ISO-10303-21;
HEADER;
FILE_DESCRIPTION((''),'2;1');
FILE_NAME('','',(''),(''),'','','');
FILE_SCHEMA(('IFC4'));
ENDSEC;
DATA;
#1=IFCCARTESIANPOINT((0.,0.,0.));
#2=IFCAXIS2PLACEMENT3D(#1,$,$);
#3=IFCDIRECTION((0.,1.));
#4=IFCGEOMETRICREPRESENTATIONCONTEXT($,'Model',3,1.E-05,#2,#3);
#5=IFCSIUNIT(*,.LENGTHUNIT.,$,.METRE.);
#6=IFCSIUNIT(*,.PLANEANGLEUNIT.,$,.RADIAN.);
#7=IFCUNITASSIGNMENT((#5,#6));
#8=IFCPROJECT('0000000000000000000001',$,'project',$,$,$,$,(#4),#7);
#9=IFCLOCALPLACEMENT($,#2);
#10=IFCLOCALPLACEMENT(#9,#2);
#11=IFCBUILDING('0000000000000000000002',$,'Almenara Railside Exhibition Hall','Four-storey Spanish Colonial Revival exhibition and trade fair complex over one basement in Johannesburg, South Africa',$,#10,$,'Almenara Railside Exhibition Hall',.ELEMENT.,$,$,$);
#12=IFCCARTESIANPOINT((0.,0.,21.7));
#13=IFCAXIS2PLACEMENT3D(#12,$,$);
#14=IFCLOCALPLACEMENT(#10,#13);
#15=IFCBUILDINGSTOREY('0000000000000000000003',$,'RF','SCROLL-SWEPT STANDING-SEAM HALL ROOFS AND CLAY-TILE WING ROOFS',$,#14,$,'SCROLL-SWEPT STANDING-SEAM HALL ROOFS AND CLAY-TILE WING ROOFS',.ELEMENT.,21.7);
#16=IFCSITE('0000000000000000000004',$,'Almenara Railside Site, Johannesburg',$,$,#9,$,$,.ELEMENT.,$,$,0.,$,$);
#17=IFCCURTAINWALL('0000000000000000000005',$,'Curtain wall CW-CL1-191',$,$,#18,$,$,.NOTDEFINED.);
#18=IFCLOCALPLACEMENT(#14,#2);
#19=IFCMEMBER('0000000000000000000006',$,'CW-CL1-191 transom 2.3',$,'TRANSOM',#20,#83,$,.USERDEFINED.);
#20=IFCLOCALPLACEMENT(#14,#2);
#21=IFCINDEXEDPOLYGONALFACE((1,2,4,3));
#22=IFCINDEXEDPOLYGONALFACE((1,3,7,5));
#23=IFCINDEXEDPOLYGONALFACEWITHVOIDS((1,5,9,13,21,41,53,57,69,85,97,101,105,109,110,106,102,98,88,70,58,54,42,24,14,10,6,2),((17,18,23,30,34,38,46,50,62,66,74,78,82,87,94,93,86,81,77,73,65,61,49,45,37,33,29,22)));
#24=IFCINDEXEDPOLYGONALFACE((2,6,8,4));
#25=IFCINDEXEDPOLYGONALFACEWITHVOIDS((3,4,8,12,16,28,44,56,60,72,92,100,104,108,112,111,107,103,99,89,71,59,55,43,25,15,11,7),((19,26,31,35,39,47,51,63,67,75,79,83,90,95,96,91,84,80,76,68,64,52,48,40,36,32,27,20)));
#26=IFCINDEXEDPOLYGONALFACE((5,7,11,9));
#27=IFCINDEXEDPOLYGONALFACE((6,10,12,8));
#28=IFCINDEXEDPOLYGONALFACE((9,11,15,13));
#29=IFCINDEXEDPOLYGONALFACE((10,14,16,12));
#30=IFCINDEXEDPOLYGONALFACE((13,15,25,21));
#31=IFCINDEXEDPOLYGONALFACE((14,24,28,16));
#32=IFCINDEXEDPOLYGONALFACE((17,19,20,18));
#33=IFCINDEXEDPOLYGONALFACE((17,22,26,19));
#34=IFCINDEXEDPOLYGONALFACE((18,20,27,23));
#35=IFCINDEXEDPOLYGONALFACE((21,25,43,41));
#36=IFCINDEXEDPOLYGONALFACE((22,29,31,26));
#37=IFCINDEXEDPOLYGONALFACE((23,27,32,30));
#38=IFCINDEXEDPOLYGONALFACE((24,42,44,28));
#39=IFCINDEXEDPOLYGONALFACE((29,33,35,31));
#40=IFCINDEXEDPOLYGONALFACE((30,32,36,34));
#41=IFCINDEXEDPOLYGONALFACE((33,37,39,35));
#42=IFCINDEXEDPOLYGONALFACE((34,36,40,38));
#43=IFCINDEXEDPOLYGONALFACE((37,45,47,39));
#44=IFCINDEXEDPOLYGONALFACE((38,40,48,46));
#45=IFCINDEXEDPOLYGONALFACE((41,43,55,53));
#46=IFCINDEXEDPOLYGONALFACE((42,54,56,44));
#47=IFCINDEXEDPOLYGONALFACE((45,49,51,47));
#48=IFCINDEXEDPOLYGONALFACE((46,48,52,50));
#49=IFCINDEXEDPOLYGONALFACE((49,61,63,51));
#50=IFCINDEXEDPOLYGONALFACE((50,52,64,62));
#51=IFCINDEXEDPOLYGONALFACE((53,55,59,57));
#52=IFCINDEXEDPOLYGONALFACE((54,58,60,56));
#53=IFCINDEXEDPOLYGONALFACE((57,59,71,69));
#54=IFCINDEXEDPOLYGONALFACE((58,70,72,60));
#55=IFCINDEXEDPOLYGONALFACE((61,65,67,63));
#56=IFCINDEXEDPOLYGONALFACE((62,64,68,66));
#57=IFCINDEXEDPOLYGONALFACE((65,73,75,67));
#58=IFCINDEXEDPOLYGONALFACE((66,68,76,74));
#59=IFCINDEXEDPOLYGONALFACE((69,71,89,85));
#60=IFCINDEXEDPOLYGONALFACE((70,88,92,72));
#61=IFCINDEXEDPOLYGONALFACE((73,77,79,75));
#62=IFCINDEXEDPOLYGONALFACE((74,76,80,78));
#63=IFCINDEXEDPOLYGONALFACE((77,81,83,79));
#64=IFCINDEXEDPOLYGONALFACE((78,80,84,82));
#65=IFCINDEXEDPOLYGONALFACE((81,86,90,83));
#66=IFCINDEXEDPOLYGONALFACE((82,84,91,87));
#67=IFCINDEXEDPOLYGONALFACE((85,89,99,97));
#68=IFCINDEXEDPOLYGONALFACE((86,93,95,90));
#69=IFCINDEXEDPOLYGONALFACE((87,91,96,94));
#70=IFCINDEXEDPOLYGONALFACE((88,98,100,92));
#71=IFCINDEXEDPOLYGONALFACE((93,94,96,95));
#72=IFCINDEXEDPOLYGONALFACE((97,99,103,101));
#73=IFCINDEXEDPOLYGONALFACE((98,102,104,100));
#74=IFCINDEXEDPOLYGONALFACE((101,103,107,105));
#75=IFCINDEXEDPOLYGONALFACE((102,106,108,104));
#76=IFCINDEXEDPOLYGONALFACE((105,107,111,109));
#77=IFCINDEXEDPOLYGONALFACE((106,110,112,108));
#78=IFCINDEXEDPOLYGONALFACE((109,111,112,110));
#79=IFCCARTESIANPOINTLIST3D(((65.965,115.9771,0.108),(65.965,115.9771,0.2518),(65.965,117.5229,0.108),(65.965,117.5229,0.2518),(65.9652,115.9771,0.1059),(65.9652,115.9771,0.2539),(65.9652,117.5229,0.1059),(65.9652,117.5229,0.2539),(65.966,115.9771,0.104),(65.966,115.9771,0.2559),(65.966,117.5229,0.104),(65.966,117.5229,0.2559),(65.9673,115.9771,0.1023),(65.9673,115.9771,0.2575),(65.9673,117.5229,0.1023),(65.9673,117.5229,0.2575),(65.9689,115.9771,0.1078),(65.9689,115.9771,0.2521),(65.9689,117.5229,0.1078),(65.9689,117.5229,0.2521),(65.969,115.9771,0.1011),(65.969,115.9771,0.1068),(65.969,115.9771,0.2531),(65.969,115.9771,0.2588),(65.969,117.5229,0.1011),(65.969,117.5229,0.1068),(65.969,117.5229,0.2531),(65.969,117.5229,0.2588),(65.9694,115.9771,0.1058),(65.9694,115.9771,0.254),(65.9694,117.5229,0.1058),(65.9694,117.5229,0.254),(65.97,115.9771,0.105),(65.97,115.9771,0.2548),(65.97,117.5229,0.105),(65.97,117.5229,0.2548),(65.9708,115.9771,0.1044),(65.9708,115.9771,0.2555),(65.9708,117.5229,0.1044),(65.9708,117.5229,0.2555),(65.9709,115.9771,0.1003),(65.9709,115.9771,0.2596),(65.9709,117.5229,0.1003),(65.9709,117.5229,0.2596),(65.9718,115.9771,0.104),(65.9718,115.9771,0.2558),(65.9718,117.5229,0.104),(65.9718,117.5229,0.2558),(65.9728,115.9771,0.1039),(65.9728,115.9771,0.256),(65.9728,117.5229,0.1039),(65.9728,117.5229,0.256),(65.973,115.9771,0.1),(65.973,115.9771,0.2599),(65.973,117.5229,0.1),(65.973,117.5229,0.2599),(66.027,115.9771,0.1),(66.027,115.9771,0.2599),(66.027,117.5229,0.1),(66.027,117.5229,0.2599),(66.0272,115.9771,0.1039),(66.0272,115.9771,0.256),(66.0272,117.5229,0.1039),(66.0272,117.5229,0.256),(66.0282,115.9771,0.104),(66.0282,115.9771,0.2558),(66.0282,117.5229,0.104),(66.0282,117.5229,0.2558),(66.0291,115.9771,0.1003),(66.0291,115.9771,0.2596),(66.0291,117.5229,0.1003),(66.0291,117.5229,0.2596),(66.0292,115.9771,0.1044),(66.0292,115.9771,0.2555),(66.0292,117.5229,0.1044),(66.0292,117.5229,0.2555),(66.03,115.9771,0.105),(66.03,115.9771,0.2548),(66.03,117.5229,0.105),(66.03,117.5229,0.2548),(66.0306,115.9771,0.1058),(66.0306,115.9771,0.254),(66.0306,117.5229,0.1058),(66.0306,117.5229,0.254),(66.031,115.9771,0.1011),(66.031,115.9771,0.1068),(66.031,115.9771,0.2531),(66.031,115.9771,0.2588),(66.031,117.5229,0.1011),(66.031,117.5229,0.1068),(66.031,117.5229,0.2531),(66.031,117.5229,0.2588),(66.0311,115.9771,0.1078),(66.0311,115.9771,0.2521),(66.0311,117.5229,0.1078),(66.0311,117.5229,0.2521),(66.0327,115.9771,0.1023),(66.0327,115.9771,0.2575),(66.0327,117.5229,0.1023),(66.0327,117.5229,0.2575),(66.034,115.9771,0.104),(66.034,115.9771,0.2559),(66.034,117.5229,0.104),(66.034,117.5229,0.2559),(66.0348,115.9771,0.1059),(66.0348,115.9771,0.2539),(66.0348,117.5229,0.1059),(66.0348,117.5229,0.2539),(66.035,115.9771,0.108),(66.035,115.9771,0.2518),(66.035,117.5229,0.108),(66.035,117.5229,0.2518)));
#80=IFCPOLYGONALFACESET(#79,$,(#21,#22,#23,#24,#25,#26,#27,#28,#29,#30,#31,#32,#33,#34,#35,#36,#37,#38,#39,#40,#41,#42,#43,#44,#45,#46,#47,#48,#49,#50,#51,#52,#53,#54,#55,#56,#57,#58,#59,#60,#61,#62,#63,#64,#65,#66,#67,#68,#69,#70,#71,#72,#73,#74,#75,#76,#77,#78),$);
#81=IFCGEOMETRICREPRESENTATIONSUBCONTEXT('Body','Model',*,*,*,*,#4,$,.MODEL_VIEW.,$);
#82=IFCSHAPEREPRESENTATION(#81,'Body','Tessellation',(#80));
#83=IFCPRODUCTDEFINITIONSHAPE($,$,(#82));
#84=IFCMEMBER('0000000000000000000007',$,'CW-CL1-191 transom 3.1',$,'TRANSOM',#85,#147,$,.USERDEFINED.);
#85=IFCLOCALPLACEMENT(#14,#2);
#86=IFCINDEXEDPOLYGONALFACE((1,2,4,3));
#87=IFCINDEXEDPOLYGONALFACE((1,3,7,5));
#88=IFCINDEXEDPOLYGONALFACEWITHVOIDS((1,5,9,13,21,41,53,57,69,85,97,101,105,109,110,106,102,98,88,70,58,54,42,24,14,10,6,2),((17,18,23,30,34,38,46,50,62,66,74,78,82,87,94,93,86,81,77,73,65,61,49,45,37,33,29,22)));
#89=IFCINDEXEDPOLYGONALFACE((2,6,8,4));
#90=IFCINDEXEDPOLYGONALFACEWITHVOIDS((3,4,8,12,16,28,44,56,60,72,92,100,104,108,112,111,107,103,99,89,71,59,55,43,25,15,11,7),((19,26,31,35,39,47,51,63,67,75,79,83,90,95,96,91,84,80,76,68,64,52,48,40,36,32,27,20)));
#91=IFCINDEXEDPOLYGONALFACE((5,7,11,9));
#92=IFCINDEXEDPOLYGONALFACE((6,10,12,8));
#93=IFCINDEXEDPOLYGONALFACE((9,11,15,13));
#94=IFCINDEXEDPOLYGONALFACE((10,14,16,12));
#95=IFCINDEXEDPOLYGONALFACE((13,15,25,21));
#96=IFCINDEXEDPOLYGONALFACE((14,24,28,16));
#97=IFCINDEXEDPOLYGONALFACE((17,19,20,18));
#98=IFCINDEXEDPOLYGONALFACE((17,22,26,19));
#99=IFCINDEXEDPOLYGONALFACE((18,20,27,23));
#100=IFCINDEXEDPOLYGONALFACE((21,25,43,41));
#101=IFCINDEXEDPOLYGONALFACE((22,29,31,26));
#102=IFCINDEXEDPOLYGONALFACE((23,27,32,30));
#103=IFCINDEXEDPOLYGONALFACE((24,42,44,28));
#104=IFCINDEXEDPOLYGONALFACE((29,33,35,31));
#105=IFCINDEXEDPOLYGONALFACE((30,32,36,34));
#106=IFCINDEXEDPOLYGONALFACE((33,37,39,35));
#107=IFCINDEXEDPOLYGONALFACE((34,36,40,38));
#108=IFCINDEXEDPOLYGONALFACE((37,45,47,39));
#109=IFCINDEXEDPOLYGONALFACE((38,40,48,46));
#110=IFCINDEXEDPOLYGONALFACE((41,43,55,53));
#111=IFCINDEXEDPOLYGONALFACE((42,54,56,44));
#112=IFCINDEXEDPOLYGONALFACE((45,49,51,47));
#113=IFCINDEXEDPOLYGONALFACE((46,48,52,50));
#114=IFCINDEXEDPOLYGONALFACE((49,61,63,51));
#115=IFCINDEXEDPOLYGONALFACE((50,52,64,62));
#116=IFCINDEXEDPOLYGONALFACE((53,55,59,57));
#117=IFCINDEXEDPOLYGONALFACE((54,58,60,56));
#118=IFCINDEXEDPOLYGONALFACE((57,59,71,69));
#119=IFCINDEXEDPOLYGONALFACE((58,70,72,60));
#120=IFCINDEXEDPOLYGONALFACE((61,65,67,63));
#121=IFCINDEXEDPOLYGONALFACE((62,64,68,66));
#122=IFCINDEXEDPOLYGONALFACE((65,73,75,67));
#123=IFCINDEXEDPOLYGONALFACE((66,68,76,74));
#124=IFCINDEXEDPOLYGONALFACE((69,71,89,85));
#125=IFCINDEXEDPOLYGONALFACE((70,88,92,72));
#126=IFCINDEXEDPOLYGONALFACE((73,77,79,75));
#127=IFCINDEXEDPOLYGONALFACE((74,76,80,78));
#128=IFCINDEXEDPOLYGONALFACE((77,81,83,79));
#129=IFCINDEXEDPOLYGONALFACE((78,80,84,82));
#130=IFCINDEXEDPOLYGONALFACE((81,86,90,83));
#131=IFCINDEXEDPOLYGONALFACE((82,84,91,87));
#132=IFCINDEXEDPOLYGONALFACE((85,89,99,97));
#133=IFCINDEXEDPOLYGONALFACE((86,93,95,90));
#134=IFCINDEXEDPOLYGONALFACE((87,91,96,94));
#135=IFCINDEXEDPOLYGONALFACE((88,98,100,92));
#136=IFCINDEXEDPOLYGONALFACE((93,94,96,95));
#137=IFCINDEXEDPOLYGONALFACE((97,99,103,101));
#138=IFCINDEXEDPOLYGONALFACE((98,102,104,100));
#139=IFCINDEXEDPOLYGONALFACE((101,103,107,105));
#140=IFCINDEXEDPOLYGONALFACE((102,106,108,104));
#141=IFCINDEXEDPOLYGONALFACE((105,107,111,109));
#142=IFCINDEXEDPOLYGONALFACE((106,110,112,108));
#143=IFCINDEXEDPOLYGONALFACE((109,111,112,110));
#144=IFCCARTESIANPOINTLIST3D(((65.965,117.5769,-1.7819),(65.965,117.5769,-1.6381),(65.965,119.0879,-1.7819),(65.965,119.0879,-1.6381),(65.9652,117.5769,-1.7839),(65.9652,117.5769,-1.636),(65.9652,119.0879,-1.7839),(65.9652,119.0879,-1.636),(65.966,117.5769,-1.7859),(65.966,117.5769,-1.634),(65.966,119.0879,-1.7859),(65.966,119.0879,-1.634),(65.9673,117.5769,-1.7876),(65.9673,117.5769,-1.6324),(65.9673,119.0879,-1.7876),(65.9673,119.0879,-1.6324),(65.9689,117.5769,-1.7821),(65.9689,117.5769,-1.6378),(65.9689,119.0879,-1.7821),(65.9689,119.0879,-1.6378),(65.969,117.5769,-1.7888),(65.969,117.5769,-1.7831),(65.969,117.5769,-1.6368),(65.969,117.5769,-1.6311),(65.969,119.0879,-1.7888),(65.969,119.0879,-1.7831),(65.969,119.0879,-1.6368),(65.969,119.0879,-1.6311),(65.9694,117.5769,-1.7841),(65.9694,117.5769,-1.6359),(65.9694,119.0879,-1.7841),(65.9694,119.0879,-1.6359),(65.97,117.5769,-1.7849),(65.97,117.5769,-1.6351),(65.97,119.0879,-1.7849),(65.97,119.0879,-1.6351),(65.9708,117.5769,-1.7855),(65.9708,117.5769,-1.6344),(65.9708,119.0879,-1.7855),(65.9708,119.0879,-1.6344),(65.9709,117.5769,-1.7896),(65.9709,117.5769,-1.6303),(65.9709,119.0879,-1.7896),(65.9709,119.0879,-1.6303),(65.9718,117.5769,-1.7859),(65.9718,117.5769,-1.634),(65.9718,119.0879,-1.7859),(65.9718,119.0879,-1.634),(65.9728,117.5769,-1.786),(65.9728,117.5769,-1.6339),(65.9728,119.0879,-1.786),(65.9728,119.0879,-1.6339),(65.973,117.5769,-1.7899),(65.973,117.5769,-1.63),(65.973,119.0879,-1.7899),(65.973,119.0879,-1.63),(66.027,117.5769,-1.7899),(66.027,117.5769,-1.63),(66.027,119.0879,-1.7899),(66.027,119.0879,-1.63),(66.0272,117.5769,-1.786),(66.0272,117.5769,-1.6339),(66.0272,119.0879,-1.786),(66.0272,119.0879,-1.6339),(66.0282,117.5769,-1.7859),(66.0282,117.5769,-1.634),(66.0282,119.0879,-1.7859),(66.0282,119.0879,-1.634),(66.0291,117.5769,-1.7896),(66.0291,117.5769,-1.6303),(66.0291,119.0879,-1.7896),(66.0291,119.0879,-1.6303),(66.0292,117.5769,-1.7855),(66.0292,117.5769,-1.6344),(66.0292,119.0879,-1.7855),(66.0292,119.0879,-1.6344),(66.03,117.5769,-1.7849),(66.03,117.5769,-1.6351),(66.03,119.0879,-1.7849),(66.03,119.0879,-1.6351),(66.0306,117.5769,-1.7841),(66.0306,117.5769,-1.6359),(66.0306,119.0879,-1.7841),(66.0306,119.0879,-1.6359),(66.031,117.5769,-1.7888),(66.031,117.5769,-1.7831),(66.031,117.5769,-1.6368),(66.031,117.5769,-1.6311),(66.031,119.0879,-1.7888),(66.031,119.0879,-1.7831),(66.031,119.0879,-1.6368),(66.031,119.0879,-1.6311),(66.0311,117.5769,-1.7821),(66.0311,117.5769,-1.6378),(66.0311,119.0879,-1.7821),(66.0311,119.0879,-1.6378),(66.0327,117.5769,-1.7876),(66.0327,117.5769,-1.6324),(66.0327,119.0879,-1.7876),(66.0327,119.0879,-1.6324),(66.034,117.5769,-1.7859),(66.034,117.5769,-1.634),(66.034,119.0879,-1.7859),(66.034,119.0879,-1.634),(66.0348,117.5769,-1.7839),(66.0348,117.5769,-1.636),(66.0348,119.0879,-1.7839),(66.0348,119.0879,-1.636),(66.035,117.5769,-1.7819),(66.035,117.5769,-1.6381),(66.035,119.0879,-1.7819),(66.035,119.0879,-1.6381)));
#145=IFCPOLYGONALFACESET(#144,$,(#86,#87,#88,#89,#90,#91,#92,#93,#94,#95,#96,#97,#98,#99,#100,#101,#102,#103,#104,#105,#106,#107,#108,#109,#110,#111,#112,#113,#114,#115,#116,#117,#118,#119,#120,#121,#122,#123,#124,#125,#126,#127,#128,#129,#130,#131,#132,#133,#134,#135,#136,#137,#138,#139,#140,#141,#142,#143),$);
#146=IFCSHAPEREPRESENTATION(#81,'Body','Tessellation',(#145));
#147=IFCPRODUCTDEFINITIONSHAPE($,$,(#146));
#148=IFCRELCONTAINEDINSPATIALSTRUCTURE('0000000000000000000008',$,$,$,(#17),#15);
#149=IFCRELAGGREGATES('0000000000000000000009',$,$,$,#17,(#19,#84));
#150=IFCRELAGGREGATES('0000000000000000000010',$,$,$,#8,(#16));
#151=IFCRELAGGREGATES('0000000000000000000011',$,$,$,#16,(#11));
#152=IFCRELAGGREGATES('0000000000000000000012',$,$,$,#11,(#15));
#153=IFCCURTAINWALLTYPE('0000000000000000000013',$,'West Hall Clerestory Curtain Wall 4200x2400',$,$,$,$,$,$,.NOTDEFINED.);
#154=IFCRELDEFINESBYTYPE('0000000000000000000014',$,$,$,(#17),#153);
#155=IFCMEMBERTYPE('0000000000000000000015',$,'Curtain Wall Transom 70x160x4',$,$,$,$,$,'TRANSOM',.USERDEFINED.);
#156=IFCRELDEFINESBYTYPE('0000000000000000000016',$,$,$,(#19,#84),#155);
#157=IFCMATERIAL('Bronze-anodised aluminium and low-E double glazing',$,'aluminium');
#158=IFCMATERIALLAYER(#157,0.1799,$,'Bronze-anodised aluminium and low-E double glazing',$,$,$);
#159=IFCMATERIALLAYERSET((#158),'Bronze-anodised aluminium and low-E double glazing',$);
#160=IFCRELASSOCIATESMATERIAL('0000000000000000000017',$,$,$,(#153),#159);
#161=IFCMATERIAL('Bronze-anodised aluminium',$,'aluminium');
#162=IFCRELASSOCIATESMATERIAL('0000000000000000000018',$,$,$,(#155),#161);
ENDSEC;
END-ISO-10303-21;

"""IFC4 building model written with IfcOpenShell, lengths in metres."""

from ifc_helpers import new_model, si_unit, direction, frame, origin, origin_2d, place, context, subcontext, project, spatial, hollow_rectangle, extrude, material, layer, layer_set, material_profile, profile_set, type_object, element, aggregate, save


model = new_model("IFC4")

# Units and contexts
model_context = context("Model", 3, precision=1e-05, world=origin(), true_north=direction((0.0, 1.0)))
body_context = subcontext(model_context, "Body", "Model", "MODEL_VIEW")
ifc_project = project(units=[si_unit("LENGTHUNIT", "METRE"), si_unit("PLANEANGLEUNIT", "RADIAN")], contexts=[model_context])

# Site, building, storey
site_placement = place(None, origin())
site = spatial("IfcSite", under=ifc_project, at=site_placement, Name="Almenara Railside Site, Johannesburg", CompositionType="ELEMENT", RefElevation=0.0)
building_placement = place(site_placement, origin())
building = spatial("IfcBuilding", under=site, at=building_placement, Name="Almenara Railside Exhibition Hall", Description="Four-storey Spanish Colonial Revival exhibition and trade fair complex over one basement in Johannesburg, South Africa", LongName="Almenara Railside Exhibition Hall", CompositionType="ELEMENT")
storey_placement = place(building_placement, frame((0.0, 0.0, 21.7)))
storey = spatial("IfcBuildingStorey", under=building, at=storey_placement, Name="RF", Description="SCROLL-SWEPT STANDING-SEAM HALL ROOFS AND CLAY-TILE WING ROOFS", LongName="SCROLL-SWEPT STANDING-SEAM HALL ROOFS AND CLAY-TILE WING ROOFS", CompositionType="ELEMENT", Elevation=21.7)

# Curtain wall
ifc_material_1 = material(Name="Bronze-anodised aluminium and low-E double glazing", Category="aluminium")
ifc_layer_1 = layer(ifc_material_1, 0.1799, Name="Bronze-anodised aluminium and low-E double glazing")
ifc_layer_set_1 = layer_set([ifc_layer_1], Name="Bronze-anodised aluminium and low-E double glazing")
curtain_wall_type = type_object("IfcCurtainWallType", Name="West Hall Clerestory Curtain Wall 4200x2400", PredefinedType="NOTDEFINED", material=ifc_layer_set_1)
ifc_material_2 = material(Name="Bronze-anodised aluminium", Category="aluminium")
curtain_wall_1_placement = place(storey_placement, origin())
curtain_wall_1 = element("IfcCurtainWall", 1, at=curtain_wall_1_placement, inside=storey, type_object=curtain_wall_type, Name="Curtain wall CW-CL1-191", PredefinedType="NOTDEFINED")

# Members
ifc_material_profile_1 = material_profile(ifc_material_2, hollow_rectangle(XDim=0.0701, YDim=0.1599, WallThickness=0.0039, InnerFilletRadius=0.0039, OuterFilletRadius=0.0081, at=origin_2d()), Name="ALU-TRN 70x160x4")
ifc_profile_set_1 = profile_set([ifc_material_profile_1], Name="Bronze-anodised aluminium")
member_type_1 = type_object("IfcMemberType", Name="Curtain Wall Transom 70x160x4", ElementType="TRANSOM", PredefinedType="USERDEFINED", material=ifc_profile_set_1)
member_1_placement = place(storey_placement, frame((66.0, 115.9771, 0.1799), z_axis=(0.0, 1.0, 0.0), x_axis=(-1.0, 0.0, 0.0)))
member_1 = element("IfcMember", 2, at=member_1_placement, type_object=member_type_1, Name="CW-CL1-191 transom 2.3", ObjectType="TRANSOM", PredefinedType="USERDEFINED", context=body_context, shape_type="SweptSolid", body=[
    extrude(hollow_rectangle(XDim=0.0701, YDim=0.1599, WallThickness=0.0039, InnerFilletRadius=0.0039, OuterFilletRadius=0.0081, at=origin_2d()), origin(), (0.0, 0.0, 1.0), 1.5459),
])
member_2_placement = place(storey_placement, frame((66.0, 117.5769, -1.71), z_axis=(0.0, 1.0, 0.0), x_axis=(-1.0, 0.0, 0.0)))
member_2 = element("IfcMember", 3, at=member_2_placement, type_object=member_type_1, Name="CW-CL1-191 transom 3.1", ObjectType="TRANSOM", PredefinedType="USERDEFINED", context=body_context, shape_type="SweptSolid", body=[
    extrude(hollow_rectangle(XDim=0.0701, YDim=0.1599, WallThickness=0.0039, InnerFilletRadius=0.0039, OuterFilletRadius=0.0081, at=origin_2d()), origin(), (0.0, 0.0, 1.0), 1.511),
])

aggregate(curtain_wall_1, [member_1, member_2])

save(model, "model.ifc")
